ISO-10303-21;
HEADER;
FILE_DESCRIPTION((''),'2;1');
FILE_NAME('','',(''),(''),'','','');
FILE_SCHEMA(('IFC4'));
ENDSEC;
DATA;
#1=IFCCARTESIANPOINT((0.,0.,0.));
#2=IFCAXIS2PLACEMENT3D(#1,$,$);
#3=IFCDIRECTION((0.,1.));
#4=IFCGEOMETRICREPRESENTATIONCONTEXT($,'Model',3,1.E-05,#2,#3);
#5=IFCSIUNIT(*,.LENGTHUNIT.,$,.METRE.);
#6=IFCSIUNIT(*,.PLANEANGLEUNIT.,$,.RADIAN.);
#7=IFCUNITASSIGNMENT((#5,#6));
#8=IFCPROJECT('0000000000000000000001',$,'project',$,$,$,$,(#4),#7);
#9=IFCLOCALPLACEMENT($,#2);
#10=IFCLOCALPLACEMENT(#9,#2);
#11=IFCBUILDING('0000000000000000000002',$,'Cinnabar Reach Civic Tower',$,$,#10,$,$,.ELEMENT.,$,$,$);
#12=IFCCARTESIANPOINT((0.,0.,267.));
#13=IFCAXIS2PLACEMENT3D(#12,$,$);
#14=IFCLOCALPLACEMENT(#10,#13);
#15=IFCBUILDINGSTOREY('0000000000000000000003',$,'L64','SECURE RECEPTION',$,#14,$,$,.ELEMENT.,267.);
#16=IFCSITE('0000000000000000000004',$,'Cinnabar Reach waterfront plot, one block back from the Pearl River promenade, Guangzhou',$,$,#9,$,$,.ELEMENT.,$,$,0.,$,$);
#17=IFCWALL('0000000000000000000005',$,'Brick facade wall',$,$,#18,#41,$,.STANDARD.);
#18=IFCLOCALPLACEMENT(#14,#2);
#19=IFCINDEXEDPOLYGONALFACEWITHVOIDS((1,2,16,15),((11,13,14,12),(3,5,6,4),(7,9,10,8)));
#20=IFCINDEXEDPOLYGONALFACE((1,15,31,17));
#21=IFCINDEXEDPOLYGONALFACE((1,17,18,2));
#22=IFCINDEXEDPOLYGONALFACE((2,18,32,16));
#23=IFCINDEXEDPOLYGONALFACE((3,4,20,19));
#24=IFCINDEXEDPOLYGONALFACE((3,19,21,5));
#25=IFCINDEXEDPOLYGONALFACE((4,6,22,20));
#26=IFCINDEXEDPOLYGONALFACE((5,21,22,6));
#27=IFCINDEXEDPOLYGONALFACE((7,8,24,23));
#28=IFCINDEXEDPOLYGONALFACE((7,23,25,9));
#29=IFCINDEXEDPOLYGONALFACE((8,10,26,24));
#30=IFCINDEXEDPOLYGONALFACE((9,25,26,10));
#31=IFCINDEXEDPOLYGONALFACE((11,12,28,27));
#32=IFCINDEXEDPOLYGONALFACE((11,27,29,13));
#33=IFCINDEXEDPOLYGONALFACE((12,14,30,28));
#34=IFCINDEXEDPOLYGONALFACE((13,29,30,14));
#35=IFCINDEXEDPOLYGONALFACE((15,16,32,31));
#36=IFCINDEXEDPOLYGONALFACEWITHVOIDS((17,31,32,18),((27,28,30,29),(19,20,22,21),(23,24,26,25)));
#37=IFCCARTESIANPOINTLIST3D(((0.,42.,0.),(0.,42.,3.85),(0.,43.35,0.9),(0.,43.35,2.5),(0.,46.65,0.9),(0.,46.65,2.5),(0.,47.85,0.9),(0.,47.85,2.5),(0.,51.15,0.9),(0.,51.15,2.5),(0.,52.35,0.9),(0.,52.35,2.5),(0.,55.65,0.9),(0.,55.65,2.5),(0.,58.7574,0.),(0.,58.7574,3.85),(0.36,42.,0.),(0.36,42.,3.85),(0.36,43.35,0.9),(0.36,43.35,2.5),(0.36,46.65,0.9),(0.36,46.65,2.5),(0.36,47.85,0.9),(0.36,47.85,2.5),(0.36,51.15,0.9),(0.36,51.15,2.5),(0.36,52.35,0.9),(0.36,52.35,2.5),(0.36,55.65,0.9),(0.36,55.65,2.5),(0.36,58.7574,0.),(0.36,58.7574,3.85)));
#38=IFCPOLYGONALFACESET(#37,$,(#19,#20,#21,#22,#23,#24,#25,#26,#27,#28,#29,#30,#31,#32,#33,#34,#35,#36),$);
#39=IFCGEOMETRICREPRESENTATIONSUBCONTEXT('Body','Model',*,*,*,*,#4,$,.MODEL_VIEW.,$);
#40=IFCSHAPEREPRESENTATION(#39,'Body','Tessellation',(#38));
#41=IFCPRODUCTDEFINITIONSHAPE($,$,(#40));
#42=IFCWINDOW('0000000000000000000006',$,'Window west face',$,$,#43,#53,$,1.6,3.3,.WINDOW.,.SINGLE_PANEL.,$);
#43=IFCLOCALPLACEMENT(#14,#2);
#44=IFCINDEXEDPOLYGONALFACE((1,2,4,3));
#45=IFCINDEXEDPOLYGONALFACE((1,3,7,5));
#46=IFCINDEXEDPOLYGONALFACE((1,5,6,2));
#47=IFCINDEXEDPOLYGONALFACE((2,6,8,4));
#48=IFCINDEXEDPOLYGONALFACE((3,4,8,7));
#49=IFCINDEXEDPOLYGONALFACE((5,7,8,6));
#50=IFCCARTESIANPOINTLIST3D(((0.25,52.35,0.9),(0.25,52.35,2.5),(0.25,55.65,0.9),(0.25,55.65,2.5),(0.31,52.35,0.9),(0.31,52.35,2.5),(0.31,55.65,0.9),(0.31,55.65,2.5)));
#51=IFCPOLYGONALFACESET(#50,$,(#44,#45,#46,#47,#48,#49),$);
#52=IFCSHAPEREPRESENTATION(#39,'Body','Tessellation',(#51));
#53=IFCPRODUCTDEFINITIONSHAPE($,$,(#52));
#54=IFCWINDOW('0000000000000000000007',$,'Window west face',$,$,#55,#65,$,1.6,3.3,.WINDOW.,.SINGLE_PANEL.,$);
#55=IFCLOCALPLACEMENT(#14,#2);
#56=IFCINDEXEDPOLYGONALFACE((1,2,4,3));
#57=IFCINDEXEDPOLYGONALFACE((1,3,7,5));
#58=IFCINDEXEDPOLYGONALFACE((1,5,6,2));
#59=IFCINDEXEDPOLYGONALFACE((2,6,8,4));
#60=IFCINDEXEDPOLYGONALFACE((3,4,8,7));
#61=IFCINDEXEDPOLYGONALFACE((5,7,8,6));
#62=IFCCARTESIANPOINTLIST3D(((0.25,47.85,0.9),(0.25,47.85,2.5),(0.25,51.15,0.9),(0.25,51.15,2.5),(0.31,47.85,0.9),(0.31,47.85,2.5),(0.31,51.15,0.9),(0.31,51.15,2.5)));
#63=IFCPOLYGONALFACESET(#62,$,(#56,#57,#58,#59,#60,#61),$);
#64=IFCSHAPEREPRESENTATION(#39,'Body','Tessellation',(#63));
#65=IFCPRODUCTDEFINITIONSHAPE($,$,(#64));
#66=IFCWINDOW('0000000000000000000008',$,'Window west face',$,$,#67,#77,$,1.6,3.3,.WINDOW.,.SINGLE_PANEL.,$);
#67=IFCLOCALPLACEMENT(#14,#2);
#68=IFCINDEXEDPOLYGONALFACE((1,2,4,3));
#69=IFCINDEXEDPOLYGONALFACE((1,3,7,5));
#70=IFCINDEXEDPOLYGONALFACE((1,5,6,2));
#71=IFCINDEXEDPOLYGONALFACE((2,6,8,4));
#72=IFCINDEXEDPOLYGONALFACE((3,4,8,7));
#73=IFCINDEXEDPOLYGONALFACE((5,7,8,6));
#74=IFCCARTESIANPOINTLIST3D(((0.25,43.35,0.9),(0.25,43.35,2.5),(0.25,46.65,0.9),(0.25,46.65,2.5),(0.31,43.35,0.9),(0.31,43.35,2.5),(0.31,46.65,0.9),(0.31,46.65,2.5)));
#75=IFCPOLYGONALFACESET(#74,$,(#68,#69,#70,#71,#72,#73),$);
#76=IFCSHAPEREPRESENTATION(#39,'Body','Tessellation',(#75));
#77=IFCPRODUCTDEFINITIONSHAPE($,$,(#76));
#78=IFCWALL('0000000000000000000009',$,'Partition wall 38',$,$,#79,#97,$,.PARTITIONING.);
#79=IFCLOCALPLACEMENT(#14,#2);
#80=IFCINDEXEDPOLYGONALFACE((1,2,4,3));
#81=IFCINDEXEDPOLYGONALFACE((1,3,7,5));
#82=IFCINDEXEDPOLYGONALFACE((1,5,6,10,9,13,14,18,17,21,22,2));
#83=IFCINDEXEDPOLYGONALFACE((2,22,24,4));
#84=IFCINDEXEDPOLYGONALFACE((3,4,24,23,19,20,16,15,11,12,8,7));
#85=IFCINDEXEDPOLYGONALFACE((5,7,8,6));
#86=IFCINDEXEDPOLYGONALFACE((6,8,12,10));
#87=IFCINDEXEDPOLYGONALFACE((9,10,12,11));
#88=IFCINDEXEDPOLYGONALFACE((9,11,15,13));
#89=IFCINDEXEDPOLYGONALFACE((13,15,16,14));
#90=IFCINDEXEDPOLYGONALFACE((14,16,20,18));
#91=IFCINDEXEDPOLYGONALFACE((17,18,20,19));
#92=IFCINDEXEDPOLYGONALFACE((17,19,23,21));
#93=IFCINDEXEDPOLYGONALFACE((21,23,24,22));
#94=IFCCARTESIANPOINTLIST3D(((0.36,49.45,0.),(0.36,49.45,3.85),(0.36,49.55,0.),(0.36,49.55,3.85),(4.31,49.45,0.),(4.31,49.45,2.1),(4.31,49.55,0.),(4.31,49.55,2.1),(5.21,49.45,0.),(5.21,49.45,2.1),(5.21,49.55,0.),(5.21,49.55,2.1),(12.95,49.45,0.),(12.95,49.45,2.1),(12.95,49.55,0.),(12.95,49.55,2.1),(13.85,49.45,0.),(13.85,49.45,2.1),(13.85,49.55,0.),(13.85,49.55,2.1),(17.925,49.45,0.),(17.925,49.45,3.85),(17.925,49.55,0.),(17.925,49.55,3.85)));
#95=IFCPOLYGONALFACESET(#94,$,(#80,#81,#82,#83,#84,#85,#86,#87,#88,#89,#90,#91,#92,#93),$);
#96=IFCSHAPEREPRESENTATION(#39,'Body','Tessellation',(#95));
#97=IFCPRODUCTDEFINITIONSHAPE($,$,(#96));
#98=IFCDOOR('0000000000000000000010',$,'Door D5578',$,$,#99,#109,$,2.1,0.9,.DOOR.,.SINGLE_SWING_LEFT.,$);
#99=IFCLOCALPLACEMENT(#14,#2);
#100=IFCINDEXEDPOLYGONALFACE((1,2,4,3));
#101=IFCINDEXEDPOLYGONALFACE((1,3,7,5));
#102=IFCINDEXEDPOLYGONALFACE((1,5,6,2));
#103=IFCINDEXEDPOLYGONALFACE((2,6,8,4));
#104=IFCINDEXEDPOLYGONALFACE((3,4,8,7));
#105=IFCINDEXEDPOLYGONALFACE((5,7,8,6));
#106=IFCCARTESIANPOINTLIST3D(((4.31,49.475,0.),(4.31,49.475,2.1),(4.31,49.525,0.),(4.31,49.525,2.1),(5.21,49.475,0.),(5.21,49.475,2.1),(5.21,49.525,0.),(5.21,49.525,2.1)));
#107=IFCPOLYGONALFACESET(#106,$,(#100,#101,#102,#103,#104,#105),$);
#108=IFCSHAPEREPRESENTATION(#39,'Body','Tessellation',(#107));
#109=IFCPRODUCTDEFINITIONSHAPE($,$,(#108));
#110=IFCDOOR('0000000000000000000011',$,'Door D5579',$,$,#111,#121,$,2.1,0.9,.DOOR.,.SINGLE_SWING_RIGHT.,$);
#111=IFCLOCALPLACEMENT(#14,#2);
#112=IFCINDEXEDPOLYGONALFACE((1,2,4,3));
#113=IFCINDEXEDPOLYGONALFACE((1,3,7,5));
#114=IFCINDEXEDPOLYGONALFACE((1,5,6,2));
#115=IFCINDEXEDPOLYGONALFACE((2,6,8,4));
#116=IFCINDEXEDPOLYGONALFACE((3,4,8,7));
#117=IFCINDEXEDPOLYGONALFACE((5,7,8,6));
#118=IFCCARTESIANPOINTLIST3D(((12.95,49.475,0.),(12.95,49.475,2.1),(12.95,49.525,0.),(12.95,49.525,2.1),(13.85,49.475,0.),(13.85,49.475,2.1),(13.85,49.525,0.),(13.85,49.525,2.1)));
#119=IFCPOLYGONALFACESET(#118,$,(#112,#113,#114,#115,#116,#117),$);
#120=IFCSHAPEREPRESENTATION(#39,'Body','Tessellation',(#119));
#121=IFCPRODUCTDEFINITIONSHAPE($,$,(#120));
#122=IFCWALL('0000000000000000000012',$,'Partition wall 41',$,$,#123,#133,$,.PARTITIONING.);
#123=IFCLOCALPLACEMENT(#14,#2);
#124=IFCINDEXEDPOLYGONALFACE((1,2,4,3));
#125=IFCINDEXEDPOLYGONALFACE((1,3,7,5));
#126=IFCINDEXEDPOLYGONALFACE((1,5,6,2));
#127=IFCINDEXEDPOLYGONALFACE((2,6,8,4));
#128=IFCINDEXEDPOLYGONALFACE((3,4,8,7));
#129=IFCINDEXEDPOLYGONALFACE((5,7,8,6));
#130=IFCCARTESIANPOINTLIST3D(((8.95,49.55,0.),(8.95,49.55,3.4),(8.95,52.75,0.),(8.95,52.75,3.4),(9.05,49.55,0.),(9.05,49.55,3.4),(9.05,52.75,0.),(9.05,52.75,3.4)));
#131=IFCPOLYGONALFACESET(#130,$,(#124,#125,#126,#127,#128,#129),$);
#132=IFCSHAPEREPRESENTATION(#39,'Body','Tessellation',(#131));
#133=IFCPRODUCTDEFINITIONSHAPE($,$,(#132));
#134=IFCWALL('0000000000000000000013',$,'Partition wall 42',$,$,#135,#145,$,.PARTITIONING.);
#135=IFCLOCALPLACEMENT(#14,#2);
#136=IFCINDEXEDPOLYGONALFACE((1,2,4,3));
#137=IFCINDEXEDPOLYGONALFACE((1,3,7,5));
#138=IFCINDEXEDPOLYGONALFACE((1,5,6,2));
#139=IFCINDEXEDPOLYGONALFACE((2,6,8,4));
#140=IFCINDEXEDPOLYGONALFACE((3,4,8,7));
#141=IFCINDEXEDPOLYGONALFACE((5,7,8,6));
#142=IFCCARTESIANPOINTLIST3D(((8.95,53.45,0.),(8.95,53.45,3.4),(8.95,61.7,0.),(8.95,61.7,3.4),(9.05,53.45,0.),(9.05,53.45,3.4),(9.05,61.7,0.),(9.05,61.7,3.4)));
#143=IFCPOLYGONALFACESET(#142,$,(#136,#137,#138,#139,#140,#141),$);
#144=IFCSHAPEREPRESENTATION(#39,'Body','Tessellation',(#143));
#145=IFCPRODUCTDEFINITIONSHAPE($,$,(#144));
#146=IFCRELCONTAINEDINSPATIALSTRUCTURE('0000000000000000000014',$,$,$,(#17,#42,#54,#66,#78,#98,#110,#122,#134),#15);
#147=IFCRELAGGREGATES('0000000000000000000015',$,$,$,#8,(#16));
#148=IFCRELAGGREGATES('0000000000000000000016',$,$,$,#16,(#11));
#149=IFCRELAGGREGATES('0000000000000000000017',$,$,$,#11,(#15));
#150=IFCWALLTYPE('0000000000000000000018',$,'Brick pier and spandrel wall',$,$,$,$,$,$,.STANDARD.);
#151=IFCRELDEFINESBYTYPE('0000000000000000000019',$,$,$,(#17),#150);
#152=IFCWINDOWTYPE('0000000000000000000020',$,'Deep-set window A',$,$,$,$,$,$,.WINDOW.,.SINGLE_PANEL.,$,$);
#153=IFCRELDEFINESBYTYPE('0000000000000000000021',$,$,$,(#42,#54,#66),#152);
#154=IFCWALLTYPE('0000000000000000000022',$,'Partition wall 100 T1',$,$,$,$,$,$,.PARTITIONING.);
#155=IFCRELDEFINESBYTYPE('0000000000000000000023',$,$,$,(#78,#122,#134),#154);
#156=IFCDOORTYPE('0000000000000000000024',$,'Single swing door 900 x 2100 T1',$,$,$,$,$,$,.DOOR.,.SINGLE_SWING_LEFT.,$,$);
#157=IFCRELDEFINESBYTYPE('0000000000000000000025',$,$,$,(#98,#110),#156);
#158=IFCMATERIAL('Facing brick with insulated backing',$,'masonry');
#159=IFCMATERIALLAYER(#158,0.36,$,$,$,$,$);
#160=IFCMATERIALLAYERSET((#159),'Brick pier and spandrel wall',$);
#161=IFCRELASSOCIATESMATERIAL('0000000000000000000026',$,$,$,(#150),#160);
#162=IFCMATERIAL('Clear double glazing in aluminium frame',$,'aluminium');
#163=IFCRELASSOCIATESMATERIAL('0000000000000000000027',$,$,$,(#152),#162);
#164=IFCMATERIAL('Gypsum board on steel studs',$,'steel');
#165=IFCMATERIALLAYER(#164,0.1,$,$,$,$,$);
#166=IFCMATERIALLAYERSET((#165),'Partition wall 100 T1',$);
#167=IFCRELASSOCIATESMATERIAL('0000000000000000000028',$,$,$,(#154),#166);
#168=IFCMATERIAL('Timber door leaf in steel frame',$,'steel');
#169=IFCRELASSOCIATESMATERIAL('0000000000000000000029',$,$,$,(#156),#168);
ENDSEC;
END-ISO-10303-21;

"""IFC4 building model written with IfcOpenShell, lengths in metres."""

from ifc_helpers import new_model, si_unit, direction, frame, frame_2d, origin, place, context, subcontext, project, spatial, rectangle, extrude, material, layer, layer_set, type_object, element, fill, save


model = new_model("IFC4")

# Units and contexts
model_context = context("Model", 3, precision=1e-05, world=origin(), true_north=direction((0.0, 1.0)))
body_context = subcontext(model_context, "Body", "Model", "MODEL_VIEW")
ifc_project = project(units=[si_unit("LENGTHUNIT", "METRE"), si_unit("PLANEANGLEUNIT", "RADIAN")], contexts=[model_context])

# Site, building, storey
site_placement = place(None, origin())
site = spatial("IfcSite", under=ifc_project, at=site_placement, Name="Cinnabar Reach waterfront plot, one block back from the Pearl River promenade, Guangzhou", CompositionType="ELEMENT", RefElevation=0.0)
building_placement = place(site_placement, origin())
building = spatial("IfcBuilding", under=site, at=building_placement, Name="Cinnabar Reach Civic Tower", CompositionType="ELEMENT")
storey_placement = place(building_placement, frame((0.0, 0.0, 267.0)))
storey = spatial("IfcBuildingStorey", under=building, at=storey_placement, Name="L64", Description="SECURE RECEPTION", CompositionType="ELEMENT", Elevation=267.0)

# Shared definitions
ifc_material_1 = material(Name="Facing brick with insulated backing", Category="masonry")
ifc_layer_1 = layer(ifc_material_1, 0.36)
ifc_layer_set_1 = layer_set([ifc_layer_1], Name="Brick pier and spandrel wall")
wall_type_1 = type_object("IfcWallType", Name="Brick pier and spandrel wall", PredefinedType="STANDARD", material=ifc_layer_set_1)

# Wall, openings, windows
wall_1_placement = place(storey_placement, frame((0.18, 58.7574, 0.0), z_axis=(0.0, 0.0, 1.0), x_axis=(0.0, -1.0, 0.0)))
wall_1 = element("IfcWall", 1, at=wall_1_placement, inside=storey, type_object=wall_type_1, Name="Brick facade wall", PredefinedType="STANDARD", context=body_context, shape_type="SweptSolid", body=[
    extrude(rectangle(XDim=16.7574, YDim=0.36, at=frame_2d((8.3787, 0.0))), origin(), (0.0, 0.0, 1.0), 3.85),
])
opening_1_placement = place(wall_1_placement, frame((3.1074, 0.0, 0.9)))
opening_1 = element("IfcOpeningElement", 2, at=opening_1_placement, cuts=wall_1, PredefinedType="OPENING", context=body_context, shape_type="SweptSolid", body=[
    extrude(rectangle(XDim=3.3, YDim=1.6, at=frame_2d((1.65, 0.8))), frame((0.0, 0.19, 0.0), z_axis=(0.0, -1.0, 0.0), x_axis=(1.0, 0.0, 0.0)), (0.0, 0.0, 1.0), 0.38),
])
opening_2_placement = place(wall_1_placement, frame((7.6074, 0.0, 0.9)))
opening_2 = element("IfcOpeningElement", 3, at=opening_2_placement, cuts=wall_1, PredefinedType="OPENING", context=body_context, shape_type="SweptSolid", body=[
    extrude(rectangle(XDim=3.3, YDim=1.6, at=frame_2d((1.65, 0.8))), frame((0.0, 0.19, 0.0), z_axis=(0.0, -1.0, 0.0), x_axis=(1.0, 0.0, 0.0)), (0.0, 0.0, 1.0), 0.38),
])
opening_3_placement = place(wall_1_placement, frame((12.1074, 0.0, 0.9)))
opening_3 = element("IfcOpeningElement", 4, at=opening_3_placement, cuts=wall_1, PredefinedType="OPENING", context=body_context, shape_type="SweptSolid", body=[
    extrude(rectangle(XDim=3.3, YDim=1.6, at=frame_2d((1.65, 0.8))), frame((0.0, 0.19, 0.0), z_axis=(0.0, -1.0, 0.0), x_axis=(1.0, 0.0, 0.0)), (0.0, 0.0, 1.0), 0.38),
])
ifc_material_2 = material(Name="Clear double glazing in aluminium frame", Category="aluminium")
window_type = type_object("IfcWindowType", Name="Deep-set window A", PartitioningType="SINGLE_PANEL", PredefinedType="WINDOW", material=ifc_material_2)
window_1_placement = place(opening_1_placement, origin())
window_1 = element("IfcWindow", 5, at=window_1_placement, inside=storey, type_object=window_type, Name="Window west face", OverallHeight=1.6, OverallWidth=3.3, PartitioningType="SINGLE_PANEL", PredefinedType="WINDOW", context=body_context, shape_type="SweptSolid", body=[
    extrude(rectangle(XDim=3.3, YDim=1.6, at=frame_2d((1.65, 0.8))), frame((0.0, 0.13, 0.0), z_axis=(0.0, -1.0, 0.0), x_axis=(1.0, 0.0, 0.0)), (0.0, 0.0, 1.0), 0.06),
])
fill(opening_1, window_1)
window_2_placement = place(opening_2_placement, origin())
window_2 = element("IfcWindow", 6, at=window_2_placement, inside=storey, type_object=window_type, Name="Window west face", OverallHeight=1.6, OverallWidth=3.3, PartitioningType="SINGLE_PANEL", PredefinedType="WINDOW", context=body_context, shape_type="SweptSolid", body=[
    extrude(rectangle(XDim=3.3, YDim=1.6, at=frame_2d((1.65, 0.8))), frame((0.0, 0.13, 0.0), z_axis=(0.0, -1.0, 0.0), x_axis=(1.0, 0.0, 0.0)), (0.0, 0.0, 1.0), 0.06),
])
fill(opening_2, window_2)
window_3_placement = place(opening_3_placement, origin())
window_3 = element("IfcWindow", 7, at=window_3_placement, inside=storey, type_object=window_type, Name="Window west face", OverallHeight=1.6, OverallWidth=3.3, PartitioningType="SINGLE_PANEL", PredefinedType="WINDOW", context=body_context, shape_type="SweptSolid", body=[
    extrude(rectangle(XDim=3.3, YDim=1.6, at=frame_2d((1.65, 0.8))), frame((0.0, 0.13, 0.0), z_axis=(0.0, -1.0, 0.0), x_axis=(1.0, 0.0, 0.0)), (0.0, 0.0, 1.0), 0.06),
])
fill(opening_3, window_3)

# Wall, openings, doors
ifc_material_3 = material(Name="Gypsum board on steel studs", Category="steel")
ifc_layer_2 = layer(ifc_material_3, 0.1)
ifc_layer_set_2 = layer_set([ifc_layer_2], Name="Partition wall 100 T1")
wall_type_2 = type_object("IfcWallType", Name="Partition wall 100 T1", PredefinedType="PARTITIONING", material=ifc_layer_set_2)
wall_2_placement = place(storey_placement, frame((0.36, 49.5, 0.0), z_axis=(0.0, 0.0, 1.0), x_axis=(1.0, 0.0, 0.0)))
wall_2 = element("IfcWall", 8, at=wall_2_placement, inside=storey, type_object=wall_type_2, Name="Partition wall 38", PredefinedType="PARTITIONING", context=body_context, shape_type="SweptSolid", body=[
    extrude(rectangle(XDim=17.565, YDim=0.1, at=frame_2d((8.7825, 0.0))), origin(), (0.0, 0.0, 1.0), 3.85),
])
opening_4_placement = place(wall_2_placement, frame((3.95, 0.0, 0.0)))
opening_4 = element("IfcOpeningElement", 9, at=opening_4_placement, cuts=wall_2, PredefinedType="OPENING", context=body_context, shape_type="SweptSolid", body=[
    extrude(rectangle(XDim=0.9, YDim=2.1, at=frame_2d((0.45, 1.05))), frame((0.0, 0.06, 0.0), z_axis=(0.0, -1.0, 0.0), x_axis=(1.0, 0.0, 0.0)), (0.0, 0.0, 1.0), 0.12),
])
opening_5_placement = place(wall_2_placement, frame((12.59, 0.0, 0.0)))
opening_5 = element("IfcOpeningElement", 10, at=opening_5_placement, cuts=wall_2, PredefinedType="OPENING", context=body_context, shape_type="SweptSolid", body=[
    extrude(rectangle(XDim=0.9, YDim=2.1, at=frame_2d((0.45, 1.05))), frame((0.0, 0.06, 0.0), z_axis=(0.0, -1.0, 0.0), x_axis=(1.0, 0.0, 0.0)), (0.0, 0.0, 1.0), 0.12),
])
ifc_material_4 = material(Name="Timber door leaf in steel frame", Category="steel")
door_type = type_object("IfcDoorType", Name="Single swing door 900 x 2100 T1", OperationType="SINGLE_SWING_LEFT", PredefinedType="DOOR", material=ifc_material_4)
door_1_placement = place(opening_4_placement, frame((0.9, 0.0, 0.0), z_axis=(0.0, 0.0, 1.0), x_axis=(-1.0, 0.0, 0.0)))
door_1 = element("IfcDoor", 11, at=door_1_placement, inside=storey, type_object=door_type, Name="Door D5578", OperationType="SINGLE_SWING_LEFT", OverallHeight=2.1, OverallWidth=0.9, PredefinedType="DOOR", context=body_context, shape_type="SweptSolid", body=[
    extrude(rectangle(XDim=0.9, YDim=2.1, at=frame_2d((0.45, 1.05))), frame((0.0, 0.025, 0.0), z_axis=(0.0, -1.0, 0.0), x_axis=(1.0, 0.0, 0.0)), (0.0, 0.0, 1.0), 0.05),
])
fill(opening_4, door_1)
door_2_placement = place(opening_5_placement, frame((0.9, 0.0, 0.0), z_axis=(0.0, 0.0, 1.0), x_axis=(-1.0, 0.0, 0.0)))
door_2 = element("IfcDoor", 12, at=door_2_placement, inside=storey, type_object=door_type, Name="Door D5579", OperationType="SINGLE_SWING_RIGHT", OverallHeight=2.1, OverallWidth=0.9, PredefinedType="DOOR", context=body_context, shape_type="SweptSolid", body=[
    extrude(rectangle(XDim=0.9, YDim=2.1, at=frame_2d((0.45, 1.05))), frame((0.0, 0.025, 0.0), z_axis=(0.0, -1.0, 0.0), x_axis=(1.0, 0.0, 0.0)), (0.0, 0.0, 1.0), 0.05),
])
fill(opening_5, door_2)

# Walls
wall_3_placement = place(storey_placement, frame((9.0, 49.55, 0.0), z_axis=(0.0, 0.0, 1.0), x_axis=(0.0, 1.0, 0.0)))
element("IfcWall", 13, at=wall_3_placement, inside=storey, type_object=wall_type_2, Name="Partition wall 41", PredefinedType="PARTITIONING", context=body_context, shape_type="SweptSolid", body=[
    extrude(rectangle(XDim=3.2, YDim=0.1, at=frame_2d((1.6, 0.0))), origin(), (0.0, 0.0, 1.0), 3.4),
])
wall_4_placement = place(storey_placement, frame((9.0, 53.45, 0.0), z_axis=(0.0, 0.0, 1.0), x_axis=(0.0, 1.0, 0.0)))
element("IfcWall", 14, at=wall_4_placement, inside=storey, type_object=wall_type_2, Name="Partition wall 42", PredefinedType="PARTITIONING", context=body_context, shape_type="SweptSolid", body=[
    extrude(rectangle(XDim=8.25, YDim=0.1, at=frame_2d((4.125, 0.0))), origin(), (0.0, 0.0, 1.0), 3.4),
])

save(model, "model.ifc")
